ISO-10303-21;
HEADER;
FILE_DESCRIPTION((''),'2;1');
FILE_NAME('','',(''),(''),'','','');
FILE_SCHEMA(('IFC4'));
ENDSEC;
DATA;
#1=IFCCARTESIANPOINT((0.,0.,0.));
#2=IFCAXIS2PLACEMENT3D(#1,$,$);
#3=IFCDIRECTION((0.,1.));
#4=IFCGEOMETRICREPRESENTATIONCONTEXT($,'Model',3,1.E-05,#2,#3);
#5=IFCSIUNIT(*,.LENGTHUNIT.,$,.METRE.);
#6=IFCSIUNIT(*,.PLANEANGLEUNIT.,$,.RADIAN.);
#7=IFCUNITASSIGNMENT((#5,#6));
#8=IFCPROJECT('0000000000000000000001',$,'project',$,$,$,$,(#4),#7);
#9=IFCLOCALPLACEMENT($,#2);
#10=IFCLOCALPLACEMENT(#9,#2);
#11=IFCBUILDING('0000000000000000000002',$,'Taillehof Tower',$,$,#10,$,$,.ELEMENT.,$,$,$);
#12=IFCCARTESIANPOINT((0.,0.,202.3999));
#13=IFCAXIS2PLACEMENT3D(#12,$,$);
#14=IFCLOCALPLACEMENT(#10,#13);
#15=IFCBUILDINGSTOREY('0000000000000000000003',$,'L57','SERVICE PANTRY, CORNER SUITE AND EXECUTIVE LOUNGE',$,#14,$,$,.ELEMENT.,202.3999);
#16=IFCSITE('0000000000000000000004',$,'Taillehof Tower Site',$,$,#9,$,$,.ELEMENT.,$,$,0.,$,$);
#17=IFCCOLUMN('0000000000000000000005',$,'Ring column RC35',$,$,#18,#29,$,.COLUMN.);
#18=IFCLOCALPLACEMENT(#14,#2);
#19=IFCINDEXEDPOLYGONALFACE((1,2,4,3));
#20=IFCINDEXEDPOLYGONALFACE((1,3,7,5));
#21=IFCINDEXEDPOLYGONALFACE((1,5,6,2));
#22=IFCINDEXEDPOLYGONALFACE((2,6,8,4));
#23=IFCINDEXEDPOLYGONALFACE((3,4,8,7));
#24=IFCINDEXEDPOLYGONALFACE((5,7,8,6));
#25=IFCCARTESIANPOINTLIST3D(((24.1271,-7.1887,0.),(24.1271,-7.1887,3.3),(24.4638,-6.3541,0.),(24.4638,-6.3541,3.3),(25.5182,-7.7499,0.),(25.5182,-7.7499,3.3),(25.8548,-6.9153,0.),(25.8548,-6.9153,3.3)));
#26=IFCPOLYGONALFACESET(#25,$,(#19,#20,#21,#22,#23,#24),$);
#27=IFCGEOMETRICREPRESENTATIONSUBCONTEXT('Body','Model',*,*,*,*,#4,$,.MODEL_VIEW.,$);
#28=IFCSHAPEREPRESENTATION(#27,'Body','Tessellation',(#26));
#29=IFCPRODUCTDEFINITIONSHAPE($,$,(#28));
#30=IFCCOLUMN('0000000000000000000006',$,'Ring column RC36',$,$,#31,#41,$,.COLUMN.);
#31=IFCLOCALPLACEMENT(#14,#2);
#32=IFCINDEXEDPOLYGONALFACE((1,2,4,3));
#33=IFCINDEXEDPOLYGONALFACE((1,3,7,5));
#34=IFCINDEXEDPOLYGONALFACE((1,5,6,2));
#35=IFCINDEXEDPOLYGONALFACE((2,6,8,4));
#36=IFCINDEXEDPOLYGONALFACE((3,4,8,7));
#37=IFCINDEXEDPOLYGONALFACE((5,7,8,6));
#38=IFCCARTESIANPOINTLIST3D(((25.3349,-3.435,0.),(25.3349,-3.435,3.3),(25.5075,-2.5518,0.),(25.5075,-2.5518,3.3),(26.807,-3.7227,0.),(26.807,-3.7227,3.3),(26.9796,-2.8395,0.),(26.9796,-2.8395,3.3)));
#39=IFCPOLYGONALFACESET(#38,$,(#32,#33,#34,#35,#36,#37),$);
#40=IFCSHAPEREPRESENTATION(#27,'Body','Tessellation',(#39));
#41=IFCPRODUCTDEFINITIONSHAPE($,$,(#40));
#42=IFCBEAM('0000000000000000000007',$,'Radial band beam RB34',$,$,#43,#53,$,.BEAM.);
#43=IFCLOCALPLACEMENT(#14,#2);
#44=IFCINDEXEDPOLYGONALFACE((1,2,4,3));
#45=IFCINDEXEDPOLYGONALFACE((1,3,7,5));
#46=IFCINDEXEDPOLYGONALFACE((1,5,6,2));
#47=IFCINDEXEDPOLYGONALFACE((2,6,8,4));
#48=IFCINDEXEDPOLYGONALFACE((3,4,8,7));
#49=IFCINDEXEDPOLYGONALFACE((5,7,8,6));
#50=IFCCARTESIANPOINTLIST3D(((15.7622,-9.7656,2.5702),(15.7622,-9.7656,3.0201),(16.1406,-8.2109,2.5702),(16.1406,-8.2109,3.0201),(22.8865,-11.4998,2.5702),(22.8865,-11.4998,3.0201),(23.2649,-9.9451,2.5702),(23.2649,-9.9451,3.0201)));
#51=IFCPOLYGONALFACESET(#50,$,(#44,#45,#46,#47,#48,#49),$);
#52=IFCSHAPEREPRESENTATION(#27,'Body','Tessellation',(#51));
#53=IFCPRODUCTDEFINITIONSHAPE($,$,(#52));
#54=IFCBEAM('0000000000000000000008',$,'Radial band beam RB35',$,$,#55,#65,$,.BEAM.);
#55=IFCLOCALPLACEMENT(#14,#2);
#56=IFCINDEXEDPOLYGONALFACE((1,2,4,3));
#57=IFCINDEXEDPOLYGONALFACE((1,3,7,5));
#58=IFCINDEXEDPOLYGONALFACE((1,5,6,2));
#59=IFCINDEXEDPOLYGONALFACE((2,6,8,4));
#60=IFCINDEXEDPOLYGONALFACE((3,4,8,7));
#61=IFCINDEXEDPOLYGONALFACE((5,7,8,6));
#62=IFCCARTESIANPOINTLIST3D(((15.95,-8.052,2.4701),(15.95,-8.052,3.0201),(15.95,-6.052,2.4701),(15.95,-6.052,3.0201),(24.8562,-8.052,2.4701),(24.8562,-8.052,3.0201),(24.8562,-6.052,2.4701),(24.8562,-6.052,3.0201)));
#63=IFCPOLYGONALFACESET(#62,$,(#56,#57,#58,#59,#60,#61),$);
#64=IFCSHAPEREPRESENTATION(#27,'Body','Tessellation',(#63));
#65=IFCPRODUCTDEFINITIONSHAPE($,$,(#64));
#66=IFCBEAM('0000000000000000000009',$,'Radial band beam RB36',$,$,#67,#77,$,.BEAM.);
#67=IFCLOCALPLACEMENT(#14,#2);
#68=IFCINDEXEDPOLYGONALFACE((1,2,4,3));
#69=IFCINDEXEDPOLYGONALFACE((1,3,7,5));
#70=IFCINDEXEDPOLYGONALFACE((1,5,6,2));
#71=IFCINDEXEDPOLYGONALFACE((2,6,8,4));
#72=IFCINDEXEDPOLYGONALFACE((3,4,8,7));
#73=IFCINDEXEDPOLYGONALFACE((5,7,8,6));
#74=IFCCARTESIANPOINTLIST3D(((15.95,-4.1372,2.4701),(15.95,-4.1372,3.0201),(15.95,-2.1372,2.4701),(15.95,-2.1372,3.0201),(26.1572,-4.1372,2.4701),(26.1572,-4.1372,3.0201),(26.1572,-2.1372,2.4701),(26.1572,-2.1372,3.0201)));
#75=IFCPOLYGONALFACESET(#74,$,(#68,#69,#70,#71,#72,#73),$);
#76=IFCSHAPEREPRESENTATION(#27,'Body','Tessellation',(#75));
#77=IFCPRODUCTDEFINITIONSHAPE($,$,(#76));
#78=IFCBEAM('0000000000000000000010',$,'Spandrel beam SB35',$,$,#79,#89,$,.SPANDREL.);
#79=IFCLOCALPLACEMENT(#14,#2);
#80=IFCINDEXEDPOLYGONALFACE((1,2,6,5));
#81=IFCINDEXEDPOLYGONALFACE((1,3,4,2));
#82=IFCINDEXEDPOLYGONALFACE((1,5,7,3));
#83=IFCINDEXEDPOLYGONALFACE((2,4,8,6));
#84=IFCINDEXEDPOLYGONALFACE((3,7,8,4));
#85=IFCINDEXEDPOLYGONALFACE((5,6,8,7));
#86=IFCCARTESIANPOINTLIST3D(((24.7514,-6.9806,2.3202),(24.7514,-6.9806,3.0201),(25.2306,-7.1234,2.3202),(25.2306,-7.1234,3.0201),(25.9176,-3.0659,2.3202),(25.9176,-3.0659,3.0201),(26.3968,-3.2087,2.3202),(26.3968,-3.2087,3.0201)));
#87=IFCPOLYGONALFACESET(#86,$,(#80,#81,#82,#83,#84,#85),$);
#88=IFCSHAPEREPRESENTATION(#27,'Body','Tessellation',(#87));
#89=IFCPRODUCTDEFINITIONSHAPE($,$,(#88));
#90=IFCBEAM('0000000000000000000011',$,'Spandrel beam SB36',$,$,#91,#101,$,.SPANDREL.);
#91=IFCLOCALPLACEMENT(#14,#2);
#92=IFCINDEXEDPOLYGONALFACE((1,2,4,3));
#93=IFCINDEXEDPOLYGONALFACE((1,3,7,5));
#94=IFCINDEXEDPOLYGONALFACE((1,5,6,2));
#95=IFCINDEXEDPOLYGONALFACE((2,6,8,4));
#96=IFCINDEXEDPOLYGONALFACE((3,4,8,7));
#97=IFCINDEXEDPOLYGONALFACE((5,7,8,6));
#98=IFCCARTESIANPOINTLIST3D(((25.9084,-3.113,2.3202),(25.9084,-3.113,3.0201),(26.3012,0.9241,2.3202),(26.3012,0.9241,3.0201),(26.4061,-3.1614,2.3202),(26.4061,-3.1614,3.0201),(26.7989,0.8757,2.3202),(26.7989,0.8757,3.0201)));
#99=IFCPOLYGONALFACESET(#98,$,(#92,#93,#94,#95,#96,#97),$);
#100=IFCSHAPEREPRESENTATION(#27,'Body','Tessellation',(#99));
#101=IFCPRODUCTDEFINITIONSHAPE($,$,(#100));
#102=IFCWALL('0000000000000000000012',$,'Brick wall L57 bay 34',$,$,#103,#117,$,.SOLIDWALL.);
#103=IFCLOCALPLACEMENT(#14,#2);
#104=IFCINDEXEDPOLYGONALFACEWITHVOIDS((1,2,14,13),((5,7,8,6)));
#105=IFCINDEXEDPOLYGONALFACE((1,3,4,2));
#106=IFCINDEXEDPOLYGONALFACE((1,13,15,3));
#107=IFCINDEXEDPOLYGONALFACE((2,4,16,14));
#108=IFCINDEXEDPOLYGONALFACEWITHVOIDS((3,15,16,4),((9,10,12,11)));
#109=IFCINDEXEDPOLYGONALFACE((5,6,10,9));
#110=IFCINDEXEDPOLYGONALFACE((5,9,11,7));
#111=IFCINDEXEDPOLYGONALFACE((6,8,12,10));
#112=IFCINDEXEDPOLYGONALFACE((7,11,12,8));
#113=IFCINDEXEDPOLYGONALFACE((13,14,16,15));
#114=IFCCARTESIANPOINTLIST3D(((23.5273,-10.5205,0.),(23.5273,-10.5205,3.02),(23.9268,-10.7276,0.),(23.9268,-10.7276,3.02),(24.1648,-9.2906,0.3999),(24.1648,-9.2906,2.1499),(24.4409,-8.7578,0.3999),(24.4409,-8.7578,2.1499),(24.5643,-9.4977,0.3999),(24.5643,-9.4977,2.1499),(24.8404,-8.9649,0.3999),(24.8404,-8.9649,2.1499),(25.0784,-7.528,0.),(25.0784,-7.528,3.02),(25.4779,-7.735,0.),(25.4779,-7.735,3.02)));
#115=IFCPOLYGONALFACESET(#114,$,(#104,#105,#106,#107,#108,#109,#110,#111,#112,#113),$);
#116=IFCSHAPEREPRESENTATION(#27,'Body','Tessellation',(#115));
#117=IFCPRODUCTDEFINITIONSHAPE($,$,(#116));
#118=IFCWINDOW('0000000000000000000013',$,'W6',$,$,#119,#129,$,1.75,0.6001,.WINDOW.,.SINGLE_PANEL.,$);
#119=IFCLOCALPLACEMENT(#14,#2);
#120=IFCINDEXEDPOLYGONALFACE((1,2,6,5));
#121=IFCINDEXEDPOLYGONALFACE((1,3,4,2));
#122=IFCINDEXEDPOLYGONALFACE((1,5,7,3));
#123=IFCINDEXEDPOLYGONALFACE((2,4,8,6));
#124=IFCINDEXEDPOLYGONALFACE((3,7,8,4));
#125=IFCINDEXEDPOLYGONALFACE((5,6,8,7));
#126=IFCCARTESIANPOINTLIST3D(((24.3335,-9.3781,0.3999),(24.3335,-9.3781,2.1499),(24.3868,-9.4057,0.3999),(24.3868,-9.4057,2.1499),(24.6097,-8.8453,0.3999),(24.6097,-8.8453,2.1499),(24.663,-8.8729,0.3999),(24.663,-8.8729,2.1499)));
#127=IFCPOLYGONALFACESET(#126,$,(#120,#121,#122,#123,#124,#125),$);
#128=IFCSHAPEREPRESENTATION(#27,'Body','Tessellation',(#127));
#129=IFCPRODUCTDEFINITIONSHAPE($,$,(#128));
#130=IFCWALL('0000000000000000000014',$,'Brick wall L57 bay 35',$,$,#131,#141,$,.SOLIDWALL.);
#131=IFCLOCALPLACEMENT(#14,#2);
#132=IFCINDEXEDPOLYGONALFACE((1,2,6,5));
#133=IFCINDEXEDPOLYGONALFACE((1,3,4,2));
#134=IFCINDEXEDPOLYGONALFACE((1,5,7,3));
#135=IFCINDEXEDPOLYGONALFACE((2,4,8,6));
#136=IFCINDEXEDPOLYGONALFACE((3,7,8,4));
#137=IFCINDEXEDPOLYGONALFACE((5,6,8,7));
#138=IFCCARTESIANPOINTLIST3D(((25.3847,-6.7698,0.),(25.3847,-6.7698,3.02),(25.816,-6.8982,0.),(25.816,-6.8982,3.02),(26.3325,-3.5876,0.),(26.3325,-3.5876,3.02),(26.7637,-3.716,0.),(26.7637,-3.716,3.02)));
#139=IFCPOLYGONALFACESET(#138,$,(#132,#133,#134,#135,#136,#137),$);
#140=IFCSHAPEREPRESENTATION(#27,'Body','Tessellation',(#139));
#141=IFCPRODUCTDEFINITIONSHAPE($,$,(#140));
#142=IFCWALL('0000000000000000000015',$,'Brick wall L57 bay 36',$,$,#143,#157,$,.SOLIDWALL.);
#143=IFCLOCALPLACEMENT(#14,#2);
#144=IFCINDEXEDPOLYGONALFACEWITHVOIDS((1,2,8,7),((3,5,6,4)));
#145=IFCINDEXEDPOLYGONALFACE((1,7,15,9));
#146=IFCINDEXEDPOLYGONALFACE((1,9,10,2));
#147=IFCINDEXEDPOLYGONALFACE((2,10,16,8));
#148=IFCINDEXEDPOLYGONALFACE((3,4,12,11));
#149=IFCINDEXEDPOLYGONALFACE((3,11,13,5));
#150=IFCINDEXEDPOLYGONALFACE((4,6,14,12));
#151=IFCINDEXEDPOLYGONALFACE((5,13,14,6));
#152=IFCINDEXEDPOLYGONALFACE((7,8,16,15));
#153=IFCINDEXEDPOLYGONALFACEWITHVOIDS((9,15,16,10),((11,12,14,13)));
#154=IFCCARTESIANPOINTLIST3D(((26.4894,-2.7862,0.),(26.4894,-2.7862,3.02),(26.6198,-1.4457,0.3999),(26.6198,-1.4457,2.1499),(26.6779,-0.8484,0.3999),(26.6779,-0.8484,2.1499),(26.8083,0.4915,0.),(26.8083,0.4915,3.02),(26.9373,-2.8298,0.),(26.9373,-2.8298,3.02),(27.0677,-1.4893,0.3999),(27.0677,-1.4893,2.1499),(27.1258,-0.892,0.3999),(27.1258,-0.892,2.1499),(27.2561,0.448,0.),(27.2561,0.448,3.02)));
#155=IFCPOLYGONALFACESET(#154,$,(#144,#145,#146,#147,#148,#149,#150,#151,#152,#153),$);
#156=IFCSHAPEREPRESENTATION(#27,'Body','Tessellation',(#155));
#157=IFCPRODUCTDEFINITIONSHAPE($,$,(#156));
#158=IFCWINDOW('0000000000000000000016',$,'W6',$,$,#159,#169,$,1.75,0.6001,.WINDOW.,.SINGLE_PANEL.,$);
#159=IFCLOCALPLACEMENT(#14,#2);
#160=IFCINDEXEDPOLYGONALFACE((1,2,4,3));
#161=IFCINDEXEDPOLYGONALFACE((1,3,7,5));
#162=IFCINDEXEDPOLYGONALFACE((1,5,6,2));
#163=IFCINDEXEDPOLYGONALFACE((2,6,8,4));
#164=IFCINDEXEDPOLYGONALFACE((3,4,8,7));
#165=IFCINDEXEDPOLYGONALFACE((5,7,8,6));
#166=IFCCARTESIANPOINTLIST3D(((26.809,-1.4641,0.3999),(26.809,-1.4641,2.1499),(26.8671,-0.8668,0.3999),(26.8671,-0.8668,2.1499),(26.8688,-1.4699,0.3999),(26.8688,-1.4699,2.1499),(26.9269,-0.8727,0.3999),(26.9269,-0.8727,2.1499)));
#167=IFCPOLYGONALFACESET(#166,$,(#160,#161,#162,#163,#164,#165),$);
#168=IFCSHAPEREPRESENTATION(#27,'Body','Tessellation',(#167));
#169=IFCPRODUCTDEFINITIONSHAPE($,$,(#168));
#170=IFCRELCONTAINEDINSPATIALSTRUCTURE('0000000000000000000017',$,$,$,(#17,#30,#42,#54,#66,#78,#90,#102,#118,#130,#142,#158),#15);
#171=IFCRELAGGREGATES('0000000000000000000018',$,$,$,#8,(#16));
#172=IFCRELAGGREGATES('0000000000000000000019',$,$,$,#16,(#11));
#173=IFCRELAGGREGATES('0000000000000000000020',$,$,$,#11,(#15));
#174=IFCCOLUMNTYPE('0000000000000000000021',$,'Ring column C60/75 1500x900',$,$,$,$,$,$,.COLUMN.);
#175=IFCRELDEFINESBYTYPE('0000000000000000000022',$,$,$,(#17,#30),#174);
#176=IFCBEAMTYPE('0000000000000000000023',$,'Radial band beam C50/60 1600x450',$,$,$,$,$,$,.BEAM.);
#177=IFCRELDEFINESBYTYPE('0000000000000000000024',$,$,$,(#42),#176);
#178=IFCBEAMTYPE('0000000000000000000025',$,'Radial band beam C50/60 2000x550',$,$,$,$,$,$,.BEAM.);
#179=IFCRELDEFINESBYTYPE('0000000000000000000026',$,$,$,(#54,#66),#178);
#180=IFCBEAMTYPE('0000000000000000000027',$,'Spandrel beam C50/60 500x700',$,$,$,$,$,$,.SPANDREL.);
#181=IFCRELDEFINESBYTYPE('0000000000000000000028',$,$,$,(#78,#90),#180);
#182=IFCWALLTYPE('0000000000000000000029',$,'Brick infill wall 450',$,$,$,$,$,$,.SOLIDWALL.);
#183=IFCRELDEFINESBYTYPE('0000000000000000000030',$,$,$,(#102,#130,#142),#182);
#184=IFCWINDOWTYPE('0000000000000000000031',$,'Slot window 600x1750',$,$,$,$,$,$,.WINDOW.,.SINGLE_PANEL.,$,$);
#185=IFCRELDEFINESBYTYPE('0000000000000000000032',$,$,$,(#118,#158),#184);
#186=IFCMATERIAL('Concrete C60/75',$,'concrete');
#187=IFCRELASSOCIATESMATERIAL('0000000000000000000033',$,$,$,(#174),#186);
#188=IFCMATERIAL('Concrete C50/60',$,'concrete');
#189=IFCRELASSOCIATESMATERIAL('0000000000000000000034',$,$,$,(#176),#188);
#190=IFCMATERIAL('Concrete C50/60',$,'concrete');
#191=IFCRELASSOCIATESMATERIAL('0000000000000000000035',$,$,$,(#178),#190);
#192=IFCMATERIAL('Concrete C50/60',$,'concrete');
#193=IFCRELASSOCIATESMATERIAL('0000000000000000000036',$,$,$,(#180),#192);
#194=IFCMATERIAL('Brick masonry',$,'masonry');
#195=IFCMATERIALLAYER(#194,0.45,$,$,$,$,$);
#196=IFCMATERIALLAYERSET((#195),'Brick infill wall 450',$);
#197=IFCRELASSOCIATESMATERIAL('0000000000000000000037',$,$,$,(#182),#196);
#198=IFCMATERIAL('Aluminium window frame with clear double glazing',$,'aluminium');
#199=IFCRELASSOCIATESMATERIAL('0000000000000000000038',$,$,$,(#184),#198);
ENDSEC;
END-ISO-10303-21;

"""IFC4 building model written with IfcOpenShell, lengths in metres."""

from ifc_helpers import new_model, si_unit, direction, frame, frame_2d, origin, origin_2d, place, context, subcontext, project, spatial, rectangle, extrude, material, layer, layer_set, material_profile, profile_set, type_object, element, fill, save


model = new_model("IFC4")

# Units and contexts
model_context = context("Model", 3, precision=1e-05, world=origin(), true_north=direction((0.0, 1.0)))
body_context = subcontext(model_context, "Body", "Model", "MODEL_VIEW")
ifc_project = project(units=[si_unit("LENGTHUNIT", "METRE"), si_unit("PLANEANGLEUNIT", "RADIAN")], contexts=[model_context])

# Site, building, storey
site_placement = place(None, origin())
site = spatial("IfcSite", under=ifc_project, at=site_placement, Name="Taillehof Tower Site", CompositionType="ELEMENT", RefElevation=0.0)
building_placement = place(site_placement, origin())
building = spatial("IfcBuilding", under=site, at=building_placement, Name="Taillehof Tower", CompositionType="ELEMENT")
storey_placement = place(building_placement, frame((0.0, 0.0, 202.3999)))
storey = spatial("IfcBuildingStorey", under=building, at=storey_placement, Name="L57", Description="SERVICE PANTRY, CORNER SUITE AND EXECUTIVE LOUNGE", CompositionType="ELEMENT", Elevation=202.3999)

# Columns
ifc_material_1 = material(Name="Concrete C60/75", Category="concrete")
ifc_material_profile_1 = material_profile(ifc_material_1, rectangle(XDim=1.5, YDim=0.8999, at=origin_2d()), Name="RC 1500x900")
ifc_profile_set_1 = profile_set([ifc_material_profile_1], Name="Concrete C60/75")
column_type = type_object("IfcColumnType", Name="Ring column C60/75 1500x900", PredefinedType="COLUMN", material=ifc_profile_set_1)
for number, where, z_axis, x_axis, name in (
    (1, (24.991, -7.052, 0.0), (0.0, 0.0, 1.0), (0.927385, -0.374108, 0.0), "Ring column RC35"),
    (2, (26.1572, -3.1372, 0.0), (0.0, 0.0, 1.0), (0.981434, -0.191801, 0.0), "Ring column RC36"),
):
    element("IfcColumn", number, at=place(storey_placement, frame(where, z_axis=z_axis, x_axis=x_axis)), inside=storey, type_object=column_type, Name=name, PredefinedType="COLUMN", context=body_context, shape_type="SweptSolid", body=[
        extrude(rectangle(XDim=1.5, YDim=0.8999, at=origin_2d()), origin(), (0.0, 0.0, 1.0), 3.3),
    ])

# Beams
ifc_material_2 = material(Name="Concrete C50/60", Category="concrete")
ifc_material_profile_2 = material_profile(ifc_material_2, rectangle(XDim=1.6001, YDim=0.45, at=origin_2d()), Name="RC 1600x450")
ifc_profile_set_2 = profile_set([ifc_material_profile_2], Name="Concrete C50/60")
beam_type_1 = type_object("IfcBeamType", Name="Radial band beam C50/60 1600x450", PredefinedType="BEAM", material=ifc_profile_set_2)
beam_1_placement = place(storey_placement, frame((23.0757, -10.7224, 2.7952), z_axis=(-0.97163, 0.236506, 0.0), x_axis=(-0.236506, -0.97163, 0.0)))
element("IfcBeam", 3, at=beam_1_placement, inside=storey, type_object=beam_type_1, Name="Radial band beam RB34", PredefinedType="BEAM", context=body_context, shape_type="SweptSolid", body=[
    extrude(rectangle(XDim=1.6001, YDim=0.45, at=origin_2d()), origin(), (0.0, 0.0, 1.0), 7.3323),
])
ifc_material_3 = material(Name="Concrete C50/60", Category="concrete")
ifc_material_profile_3 = material_profile(ifc_material_3, rectangle(XDim=2.0, YDim=0.55, at=origin_2d()), Name="RC 2000x550")
ifc_profile_set_3 = profile_set([ifc_material_profile_3], Name="Concrete C50/60")
beam_type_2 = type_object("IfcBeamType", Name="Radial band beam C50/60 2000x550", PredefinedType="BEAM", material=ifc_profile_set_3)
beam_2_placement = place(storey_placement, frame((24.8562, -7.052, 2.7451), z_axis=(-1.0, 0.0, 0.0), x_axis=(0.0, -1.0, 0.0)))
element("IfcBeam", 4, at=beam_2_placement, inside=storey, type_object=beam_type_2, Name="Radial band beam RB35", PredefinedType="BEAM", context=body_context, shape_type="SweptSolid", body=[
    extrude(rectangle(XDim=2.0, YDim=0.55, at=origin_2d()), origin(), (0.0, 0.0, 1.0), 8.9062),
])
beam_3_placement = place(storey_placement, frame((26.1572, -3.1372, 2.7451), z_axis=(-1.0, 0.0, 0.0), x_axis=(0.0, -1.0, 0.0)))
element("IfcBeam", 5, at=beam_3_placement, inside=storey, type_object=beam_type_2, Name="Radial band beam RB36", PredefinedType="BEAM", context=body_context, shape_type="SweptSolid", body=[
    extrude(rectangle(XDim=2.0, YDim=0.55, at=origin_2d()), origin(), (0.0, 0.0, 1.0), 10.2073),
])
ifc_material_4 = material(Name="Concrete C50/60", Category="concrete")
ifc_material_profile_4 = material_profile(ifc_material_4, rectangle(XDim=0.5, YDim=0.7, at=origin_2d()), Name="RC 500x700")
ifc_profile_set_4 = profile_set([ifc_material_profile_4], Name="Concrete C50/60")
beam_type_3 = type_object("IfcBeamType", Name="Spandrel beam C50/60 500x700", PredefinedType="SPANDREL", material=ifc_profile_set_4)
beam_4_placement = place(storey_placement, frame((24.991, -7.052, 2.6702), z_axis=(0.28551, 0.958376, 0.0), x_axis=(-0.958376, 0.28551, 0.0)))
element("IfcBeam", 6, at=beam_4_placement, inside=storey, type_object=beam_type_3, Name="Spandrel beam SB35", PredefinedType="SPANDREL", context=body_context, shape_type="SweptSolid", body=[
    extrude(rectangle(XDim=0.5, YDim=0.7, at=origin_2d()), origin(), (0.0, 0.0, 1.0), 4.0847),
])
beam_5_placement = place(storey_placement, frame((26.1572, -3.1372, 2.6702), z_axis=(0.096845, 0.995299, 0.0), x_axis=(-0.995299, 0.096845, 0.0)))
element("IfcBeam", 7, at=beam_5_placement, inside=storey, type_object=beam_type_3, Name="Spandrel beam SB36", PredefinedType="SPANDREL", context=body_context, shape_type="SweptSolid", body=[
    extrude(rectangle(XDim=0.5, YDim=0.7, at=origin_2d()), origin(), (0.0, 0.0, 1.0), 4.0562),
])

# Wall, opening, window
ifc_material_5 = material(Name="Brick masonry", Category="masonry")
ifc_layer_1 = layer(ifc_material_5, 0.45)
ifc_layer_set_1 = layer_set([ifc_layer_1], Name="Brick infill wall 450")
wall_type_1 = type_object("IfcWallType", Name="Brick infill wall 450", PredefinedType="SOLIDWALL", material=ifc_layer_set_1)
wall_1_placement = place(storey_placement, frame((23.7271, -10.624, 0.0), z_axis=(0.0, 0.0, 1.0), x_axis=(0.460176, 0.887828, 0.0)))
wall_1 = element("IfcWall", 8, at=wall_1_placement, inside=storey, type_object=wall_type_1, Name="Brick wall L57 bay 34", PredefinedType="SOLIDWALL", context=body_context, shape_type="SweptSolid", body=[
    extrude(rectangle(XDim=3.3706, YDim=0.45, at=frame_2d((1.6853, 0.0))), origin(), (0.0, 0.0, 1.0), 3.02),
])
opening_1_placement = place(wall_1_placement, frame((1.3853, 0.0, 0.3999)))
opening_1 = element("IfcOpeningElement", 9, at=opening_1_placement, cuts=wall_1, PredefinedType="OPENING", context=body_context, shape_type="SweptSolid", body=[
    extrude(rectangle(XDim=0.6001, YDim=1.75, at=frame_2d((0.3, 0.875))), frame((0.0, 0.2349, 0.0), z_axis=(0.0, -1.0, 0.0), x_axis=(1.0, 0.0, 0.0)), (0.0, 0.0, 1.0), 0.47),
])
ifc_material_6 = material(Name="Aluminium window frame with clear double glazing", Category="aluminium")
window_type = type_object("IfcWindowType", Name="Slot window 600x1750", PartitioningType="SINGLE_PANEL", PredefinedType="WINDOW", material=ifc_material_6)
window_1_placement = place(opening_1_placement, origin())
window_1 = element("IfcWindow", 10, at=window_1_placement, inside=storey, type_object=window_type, Name="W6", OverallHeight=1.75, OverallWidth=0.6001, PartitioningType="SINGLE_PANEL", PredefinedType="WINDOW", context=body_context, shape_type="SweptSolid", body=[
    extrude(rectangle(XDim=0.6001, YDim=1.75, at=frame_2d((0.3, 0.875))), frame((0.0, 0.0349, 0.0), z_axis=(0.0, -1.0, 0.0), x_axis=(1.0, 0.0, 0.0)), (0.0, 0.0, 1.0), 0.0601),
])
fill(opening_1, window_1)

# Wall
wall_2_placement = place(storey_placement, frame((25.6003, -6.834, 0.0), z_axis=(0.0, 0.0, 1.0), x_axis=(0.285445, 0.958395, 0.0)))
element("IfcWall", 11, at=wall_2_placement, inside=storey, type_object=wall_type_1, Name="Brick wall L57 bay 35", PredefinedType="SOLIDWALL", context=body_context, shape_type="SweptSolid", body=[
    extrude(rectangle(XDim=3.3203, YDim=0.45, at=frame_2d((1.6602, 0.0))), origin(), (0.0, 0.0, 1.0), 3.02),
])

# Wall, opening, window
wall_3_placement = place(storey_placement, frame((26.7134, -2.8079, 0.0), z_axis=(0.0, 0.0, 1.0), x_axis=(0.096817, 0.995302, 0.0)))
wall_3 = element("IfcWall", 12, at=wall_3_placement, inside=storey, type_object=wall_type_1, Name="Brick wall L57 bay 36", PredefinedType="SOLIDWALL", context=body_context, shape_type="SweptSolid", body=[
    extrude(rectangle(XDim=3.2932, YDim=0.45, at=frame_2d((1.6465, 0.0))), origin(), (0.0, 0.0, 1.0), 3.02),
])
opening_2_placement = place(wall_3_placement, frame((1.3467, 0.0, 0.3999)))
opening_2 = element("IfcOpeningElement", 13, at=opening_2_placement, cuts=wall_3, PredefinedType="OPENING", context=body_context, shape_type="SweptSolid", body=[
    extrude(rectangle(XDim=0.6001, YDim=1.75, at=frame_2d((0.3, 0.875))), frame((0.0, 0.2349, 0.0), z_axis=(0.0, -1.0, 0.0), x_axis=(1.0, 0.0, 0.0)), (0.0, 0.0, 1.0), 0.47),
])
window_2_placement = place(opening_2_placement, origin())
window_2 = element("IfcWindow", 14, at=window_2_placement, inside=storey, type_object=window_type, Name="W6", OverallHeight=1.75, OverallWidth=0.6001, PartitioningType="SINGLE_PANEL", PredefinedType="WINDOW", context=body_context, shape_type="SweptSolid", body=[
    extrude(rectangle(XDim=0.6001, YDim=1.75, at=frame_2d((0.3, 0.875))), frame((0.0, 0.0349, 0.0), z_axis=(0.0, -1.0, 0.0), x_axis=(1.0, 0.0, 0.0)), (0.0, 0.0, 1.0), 0.0601),
])
fill(opening_2, window_2)

save(model, "model.ifc")
